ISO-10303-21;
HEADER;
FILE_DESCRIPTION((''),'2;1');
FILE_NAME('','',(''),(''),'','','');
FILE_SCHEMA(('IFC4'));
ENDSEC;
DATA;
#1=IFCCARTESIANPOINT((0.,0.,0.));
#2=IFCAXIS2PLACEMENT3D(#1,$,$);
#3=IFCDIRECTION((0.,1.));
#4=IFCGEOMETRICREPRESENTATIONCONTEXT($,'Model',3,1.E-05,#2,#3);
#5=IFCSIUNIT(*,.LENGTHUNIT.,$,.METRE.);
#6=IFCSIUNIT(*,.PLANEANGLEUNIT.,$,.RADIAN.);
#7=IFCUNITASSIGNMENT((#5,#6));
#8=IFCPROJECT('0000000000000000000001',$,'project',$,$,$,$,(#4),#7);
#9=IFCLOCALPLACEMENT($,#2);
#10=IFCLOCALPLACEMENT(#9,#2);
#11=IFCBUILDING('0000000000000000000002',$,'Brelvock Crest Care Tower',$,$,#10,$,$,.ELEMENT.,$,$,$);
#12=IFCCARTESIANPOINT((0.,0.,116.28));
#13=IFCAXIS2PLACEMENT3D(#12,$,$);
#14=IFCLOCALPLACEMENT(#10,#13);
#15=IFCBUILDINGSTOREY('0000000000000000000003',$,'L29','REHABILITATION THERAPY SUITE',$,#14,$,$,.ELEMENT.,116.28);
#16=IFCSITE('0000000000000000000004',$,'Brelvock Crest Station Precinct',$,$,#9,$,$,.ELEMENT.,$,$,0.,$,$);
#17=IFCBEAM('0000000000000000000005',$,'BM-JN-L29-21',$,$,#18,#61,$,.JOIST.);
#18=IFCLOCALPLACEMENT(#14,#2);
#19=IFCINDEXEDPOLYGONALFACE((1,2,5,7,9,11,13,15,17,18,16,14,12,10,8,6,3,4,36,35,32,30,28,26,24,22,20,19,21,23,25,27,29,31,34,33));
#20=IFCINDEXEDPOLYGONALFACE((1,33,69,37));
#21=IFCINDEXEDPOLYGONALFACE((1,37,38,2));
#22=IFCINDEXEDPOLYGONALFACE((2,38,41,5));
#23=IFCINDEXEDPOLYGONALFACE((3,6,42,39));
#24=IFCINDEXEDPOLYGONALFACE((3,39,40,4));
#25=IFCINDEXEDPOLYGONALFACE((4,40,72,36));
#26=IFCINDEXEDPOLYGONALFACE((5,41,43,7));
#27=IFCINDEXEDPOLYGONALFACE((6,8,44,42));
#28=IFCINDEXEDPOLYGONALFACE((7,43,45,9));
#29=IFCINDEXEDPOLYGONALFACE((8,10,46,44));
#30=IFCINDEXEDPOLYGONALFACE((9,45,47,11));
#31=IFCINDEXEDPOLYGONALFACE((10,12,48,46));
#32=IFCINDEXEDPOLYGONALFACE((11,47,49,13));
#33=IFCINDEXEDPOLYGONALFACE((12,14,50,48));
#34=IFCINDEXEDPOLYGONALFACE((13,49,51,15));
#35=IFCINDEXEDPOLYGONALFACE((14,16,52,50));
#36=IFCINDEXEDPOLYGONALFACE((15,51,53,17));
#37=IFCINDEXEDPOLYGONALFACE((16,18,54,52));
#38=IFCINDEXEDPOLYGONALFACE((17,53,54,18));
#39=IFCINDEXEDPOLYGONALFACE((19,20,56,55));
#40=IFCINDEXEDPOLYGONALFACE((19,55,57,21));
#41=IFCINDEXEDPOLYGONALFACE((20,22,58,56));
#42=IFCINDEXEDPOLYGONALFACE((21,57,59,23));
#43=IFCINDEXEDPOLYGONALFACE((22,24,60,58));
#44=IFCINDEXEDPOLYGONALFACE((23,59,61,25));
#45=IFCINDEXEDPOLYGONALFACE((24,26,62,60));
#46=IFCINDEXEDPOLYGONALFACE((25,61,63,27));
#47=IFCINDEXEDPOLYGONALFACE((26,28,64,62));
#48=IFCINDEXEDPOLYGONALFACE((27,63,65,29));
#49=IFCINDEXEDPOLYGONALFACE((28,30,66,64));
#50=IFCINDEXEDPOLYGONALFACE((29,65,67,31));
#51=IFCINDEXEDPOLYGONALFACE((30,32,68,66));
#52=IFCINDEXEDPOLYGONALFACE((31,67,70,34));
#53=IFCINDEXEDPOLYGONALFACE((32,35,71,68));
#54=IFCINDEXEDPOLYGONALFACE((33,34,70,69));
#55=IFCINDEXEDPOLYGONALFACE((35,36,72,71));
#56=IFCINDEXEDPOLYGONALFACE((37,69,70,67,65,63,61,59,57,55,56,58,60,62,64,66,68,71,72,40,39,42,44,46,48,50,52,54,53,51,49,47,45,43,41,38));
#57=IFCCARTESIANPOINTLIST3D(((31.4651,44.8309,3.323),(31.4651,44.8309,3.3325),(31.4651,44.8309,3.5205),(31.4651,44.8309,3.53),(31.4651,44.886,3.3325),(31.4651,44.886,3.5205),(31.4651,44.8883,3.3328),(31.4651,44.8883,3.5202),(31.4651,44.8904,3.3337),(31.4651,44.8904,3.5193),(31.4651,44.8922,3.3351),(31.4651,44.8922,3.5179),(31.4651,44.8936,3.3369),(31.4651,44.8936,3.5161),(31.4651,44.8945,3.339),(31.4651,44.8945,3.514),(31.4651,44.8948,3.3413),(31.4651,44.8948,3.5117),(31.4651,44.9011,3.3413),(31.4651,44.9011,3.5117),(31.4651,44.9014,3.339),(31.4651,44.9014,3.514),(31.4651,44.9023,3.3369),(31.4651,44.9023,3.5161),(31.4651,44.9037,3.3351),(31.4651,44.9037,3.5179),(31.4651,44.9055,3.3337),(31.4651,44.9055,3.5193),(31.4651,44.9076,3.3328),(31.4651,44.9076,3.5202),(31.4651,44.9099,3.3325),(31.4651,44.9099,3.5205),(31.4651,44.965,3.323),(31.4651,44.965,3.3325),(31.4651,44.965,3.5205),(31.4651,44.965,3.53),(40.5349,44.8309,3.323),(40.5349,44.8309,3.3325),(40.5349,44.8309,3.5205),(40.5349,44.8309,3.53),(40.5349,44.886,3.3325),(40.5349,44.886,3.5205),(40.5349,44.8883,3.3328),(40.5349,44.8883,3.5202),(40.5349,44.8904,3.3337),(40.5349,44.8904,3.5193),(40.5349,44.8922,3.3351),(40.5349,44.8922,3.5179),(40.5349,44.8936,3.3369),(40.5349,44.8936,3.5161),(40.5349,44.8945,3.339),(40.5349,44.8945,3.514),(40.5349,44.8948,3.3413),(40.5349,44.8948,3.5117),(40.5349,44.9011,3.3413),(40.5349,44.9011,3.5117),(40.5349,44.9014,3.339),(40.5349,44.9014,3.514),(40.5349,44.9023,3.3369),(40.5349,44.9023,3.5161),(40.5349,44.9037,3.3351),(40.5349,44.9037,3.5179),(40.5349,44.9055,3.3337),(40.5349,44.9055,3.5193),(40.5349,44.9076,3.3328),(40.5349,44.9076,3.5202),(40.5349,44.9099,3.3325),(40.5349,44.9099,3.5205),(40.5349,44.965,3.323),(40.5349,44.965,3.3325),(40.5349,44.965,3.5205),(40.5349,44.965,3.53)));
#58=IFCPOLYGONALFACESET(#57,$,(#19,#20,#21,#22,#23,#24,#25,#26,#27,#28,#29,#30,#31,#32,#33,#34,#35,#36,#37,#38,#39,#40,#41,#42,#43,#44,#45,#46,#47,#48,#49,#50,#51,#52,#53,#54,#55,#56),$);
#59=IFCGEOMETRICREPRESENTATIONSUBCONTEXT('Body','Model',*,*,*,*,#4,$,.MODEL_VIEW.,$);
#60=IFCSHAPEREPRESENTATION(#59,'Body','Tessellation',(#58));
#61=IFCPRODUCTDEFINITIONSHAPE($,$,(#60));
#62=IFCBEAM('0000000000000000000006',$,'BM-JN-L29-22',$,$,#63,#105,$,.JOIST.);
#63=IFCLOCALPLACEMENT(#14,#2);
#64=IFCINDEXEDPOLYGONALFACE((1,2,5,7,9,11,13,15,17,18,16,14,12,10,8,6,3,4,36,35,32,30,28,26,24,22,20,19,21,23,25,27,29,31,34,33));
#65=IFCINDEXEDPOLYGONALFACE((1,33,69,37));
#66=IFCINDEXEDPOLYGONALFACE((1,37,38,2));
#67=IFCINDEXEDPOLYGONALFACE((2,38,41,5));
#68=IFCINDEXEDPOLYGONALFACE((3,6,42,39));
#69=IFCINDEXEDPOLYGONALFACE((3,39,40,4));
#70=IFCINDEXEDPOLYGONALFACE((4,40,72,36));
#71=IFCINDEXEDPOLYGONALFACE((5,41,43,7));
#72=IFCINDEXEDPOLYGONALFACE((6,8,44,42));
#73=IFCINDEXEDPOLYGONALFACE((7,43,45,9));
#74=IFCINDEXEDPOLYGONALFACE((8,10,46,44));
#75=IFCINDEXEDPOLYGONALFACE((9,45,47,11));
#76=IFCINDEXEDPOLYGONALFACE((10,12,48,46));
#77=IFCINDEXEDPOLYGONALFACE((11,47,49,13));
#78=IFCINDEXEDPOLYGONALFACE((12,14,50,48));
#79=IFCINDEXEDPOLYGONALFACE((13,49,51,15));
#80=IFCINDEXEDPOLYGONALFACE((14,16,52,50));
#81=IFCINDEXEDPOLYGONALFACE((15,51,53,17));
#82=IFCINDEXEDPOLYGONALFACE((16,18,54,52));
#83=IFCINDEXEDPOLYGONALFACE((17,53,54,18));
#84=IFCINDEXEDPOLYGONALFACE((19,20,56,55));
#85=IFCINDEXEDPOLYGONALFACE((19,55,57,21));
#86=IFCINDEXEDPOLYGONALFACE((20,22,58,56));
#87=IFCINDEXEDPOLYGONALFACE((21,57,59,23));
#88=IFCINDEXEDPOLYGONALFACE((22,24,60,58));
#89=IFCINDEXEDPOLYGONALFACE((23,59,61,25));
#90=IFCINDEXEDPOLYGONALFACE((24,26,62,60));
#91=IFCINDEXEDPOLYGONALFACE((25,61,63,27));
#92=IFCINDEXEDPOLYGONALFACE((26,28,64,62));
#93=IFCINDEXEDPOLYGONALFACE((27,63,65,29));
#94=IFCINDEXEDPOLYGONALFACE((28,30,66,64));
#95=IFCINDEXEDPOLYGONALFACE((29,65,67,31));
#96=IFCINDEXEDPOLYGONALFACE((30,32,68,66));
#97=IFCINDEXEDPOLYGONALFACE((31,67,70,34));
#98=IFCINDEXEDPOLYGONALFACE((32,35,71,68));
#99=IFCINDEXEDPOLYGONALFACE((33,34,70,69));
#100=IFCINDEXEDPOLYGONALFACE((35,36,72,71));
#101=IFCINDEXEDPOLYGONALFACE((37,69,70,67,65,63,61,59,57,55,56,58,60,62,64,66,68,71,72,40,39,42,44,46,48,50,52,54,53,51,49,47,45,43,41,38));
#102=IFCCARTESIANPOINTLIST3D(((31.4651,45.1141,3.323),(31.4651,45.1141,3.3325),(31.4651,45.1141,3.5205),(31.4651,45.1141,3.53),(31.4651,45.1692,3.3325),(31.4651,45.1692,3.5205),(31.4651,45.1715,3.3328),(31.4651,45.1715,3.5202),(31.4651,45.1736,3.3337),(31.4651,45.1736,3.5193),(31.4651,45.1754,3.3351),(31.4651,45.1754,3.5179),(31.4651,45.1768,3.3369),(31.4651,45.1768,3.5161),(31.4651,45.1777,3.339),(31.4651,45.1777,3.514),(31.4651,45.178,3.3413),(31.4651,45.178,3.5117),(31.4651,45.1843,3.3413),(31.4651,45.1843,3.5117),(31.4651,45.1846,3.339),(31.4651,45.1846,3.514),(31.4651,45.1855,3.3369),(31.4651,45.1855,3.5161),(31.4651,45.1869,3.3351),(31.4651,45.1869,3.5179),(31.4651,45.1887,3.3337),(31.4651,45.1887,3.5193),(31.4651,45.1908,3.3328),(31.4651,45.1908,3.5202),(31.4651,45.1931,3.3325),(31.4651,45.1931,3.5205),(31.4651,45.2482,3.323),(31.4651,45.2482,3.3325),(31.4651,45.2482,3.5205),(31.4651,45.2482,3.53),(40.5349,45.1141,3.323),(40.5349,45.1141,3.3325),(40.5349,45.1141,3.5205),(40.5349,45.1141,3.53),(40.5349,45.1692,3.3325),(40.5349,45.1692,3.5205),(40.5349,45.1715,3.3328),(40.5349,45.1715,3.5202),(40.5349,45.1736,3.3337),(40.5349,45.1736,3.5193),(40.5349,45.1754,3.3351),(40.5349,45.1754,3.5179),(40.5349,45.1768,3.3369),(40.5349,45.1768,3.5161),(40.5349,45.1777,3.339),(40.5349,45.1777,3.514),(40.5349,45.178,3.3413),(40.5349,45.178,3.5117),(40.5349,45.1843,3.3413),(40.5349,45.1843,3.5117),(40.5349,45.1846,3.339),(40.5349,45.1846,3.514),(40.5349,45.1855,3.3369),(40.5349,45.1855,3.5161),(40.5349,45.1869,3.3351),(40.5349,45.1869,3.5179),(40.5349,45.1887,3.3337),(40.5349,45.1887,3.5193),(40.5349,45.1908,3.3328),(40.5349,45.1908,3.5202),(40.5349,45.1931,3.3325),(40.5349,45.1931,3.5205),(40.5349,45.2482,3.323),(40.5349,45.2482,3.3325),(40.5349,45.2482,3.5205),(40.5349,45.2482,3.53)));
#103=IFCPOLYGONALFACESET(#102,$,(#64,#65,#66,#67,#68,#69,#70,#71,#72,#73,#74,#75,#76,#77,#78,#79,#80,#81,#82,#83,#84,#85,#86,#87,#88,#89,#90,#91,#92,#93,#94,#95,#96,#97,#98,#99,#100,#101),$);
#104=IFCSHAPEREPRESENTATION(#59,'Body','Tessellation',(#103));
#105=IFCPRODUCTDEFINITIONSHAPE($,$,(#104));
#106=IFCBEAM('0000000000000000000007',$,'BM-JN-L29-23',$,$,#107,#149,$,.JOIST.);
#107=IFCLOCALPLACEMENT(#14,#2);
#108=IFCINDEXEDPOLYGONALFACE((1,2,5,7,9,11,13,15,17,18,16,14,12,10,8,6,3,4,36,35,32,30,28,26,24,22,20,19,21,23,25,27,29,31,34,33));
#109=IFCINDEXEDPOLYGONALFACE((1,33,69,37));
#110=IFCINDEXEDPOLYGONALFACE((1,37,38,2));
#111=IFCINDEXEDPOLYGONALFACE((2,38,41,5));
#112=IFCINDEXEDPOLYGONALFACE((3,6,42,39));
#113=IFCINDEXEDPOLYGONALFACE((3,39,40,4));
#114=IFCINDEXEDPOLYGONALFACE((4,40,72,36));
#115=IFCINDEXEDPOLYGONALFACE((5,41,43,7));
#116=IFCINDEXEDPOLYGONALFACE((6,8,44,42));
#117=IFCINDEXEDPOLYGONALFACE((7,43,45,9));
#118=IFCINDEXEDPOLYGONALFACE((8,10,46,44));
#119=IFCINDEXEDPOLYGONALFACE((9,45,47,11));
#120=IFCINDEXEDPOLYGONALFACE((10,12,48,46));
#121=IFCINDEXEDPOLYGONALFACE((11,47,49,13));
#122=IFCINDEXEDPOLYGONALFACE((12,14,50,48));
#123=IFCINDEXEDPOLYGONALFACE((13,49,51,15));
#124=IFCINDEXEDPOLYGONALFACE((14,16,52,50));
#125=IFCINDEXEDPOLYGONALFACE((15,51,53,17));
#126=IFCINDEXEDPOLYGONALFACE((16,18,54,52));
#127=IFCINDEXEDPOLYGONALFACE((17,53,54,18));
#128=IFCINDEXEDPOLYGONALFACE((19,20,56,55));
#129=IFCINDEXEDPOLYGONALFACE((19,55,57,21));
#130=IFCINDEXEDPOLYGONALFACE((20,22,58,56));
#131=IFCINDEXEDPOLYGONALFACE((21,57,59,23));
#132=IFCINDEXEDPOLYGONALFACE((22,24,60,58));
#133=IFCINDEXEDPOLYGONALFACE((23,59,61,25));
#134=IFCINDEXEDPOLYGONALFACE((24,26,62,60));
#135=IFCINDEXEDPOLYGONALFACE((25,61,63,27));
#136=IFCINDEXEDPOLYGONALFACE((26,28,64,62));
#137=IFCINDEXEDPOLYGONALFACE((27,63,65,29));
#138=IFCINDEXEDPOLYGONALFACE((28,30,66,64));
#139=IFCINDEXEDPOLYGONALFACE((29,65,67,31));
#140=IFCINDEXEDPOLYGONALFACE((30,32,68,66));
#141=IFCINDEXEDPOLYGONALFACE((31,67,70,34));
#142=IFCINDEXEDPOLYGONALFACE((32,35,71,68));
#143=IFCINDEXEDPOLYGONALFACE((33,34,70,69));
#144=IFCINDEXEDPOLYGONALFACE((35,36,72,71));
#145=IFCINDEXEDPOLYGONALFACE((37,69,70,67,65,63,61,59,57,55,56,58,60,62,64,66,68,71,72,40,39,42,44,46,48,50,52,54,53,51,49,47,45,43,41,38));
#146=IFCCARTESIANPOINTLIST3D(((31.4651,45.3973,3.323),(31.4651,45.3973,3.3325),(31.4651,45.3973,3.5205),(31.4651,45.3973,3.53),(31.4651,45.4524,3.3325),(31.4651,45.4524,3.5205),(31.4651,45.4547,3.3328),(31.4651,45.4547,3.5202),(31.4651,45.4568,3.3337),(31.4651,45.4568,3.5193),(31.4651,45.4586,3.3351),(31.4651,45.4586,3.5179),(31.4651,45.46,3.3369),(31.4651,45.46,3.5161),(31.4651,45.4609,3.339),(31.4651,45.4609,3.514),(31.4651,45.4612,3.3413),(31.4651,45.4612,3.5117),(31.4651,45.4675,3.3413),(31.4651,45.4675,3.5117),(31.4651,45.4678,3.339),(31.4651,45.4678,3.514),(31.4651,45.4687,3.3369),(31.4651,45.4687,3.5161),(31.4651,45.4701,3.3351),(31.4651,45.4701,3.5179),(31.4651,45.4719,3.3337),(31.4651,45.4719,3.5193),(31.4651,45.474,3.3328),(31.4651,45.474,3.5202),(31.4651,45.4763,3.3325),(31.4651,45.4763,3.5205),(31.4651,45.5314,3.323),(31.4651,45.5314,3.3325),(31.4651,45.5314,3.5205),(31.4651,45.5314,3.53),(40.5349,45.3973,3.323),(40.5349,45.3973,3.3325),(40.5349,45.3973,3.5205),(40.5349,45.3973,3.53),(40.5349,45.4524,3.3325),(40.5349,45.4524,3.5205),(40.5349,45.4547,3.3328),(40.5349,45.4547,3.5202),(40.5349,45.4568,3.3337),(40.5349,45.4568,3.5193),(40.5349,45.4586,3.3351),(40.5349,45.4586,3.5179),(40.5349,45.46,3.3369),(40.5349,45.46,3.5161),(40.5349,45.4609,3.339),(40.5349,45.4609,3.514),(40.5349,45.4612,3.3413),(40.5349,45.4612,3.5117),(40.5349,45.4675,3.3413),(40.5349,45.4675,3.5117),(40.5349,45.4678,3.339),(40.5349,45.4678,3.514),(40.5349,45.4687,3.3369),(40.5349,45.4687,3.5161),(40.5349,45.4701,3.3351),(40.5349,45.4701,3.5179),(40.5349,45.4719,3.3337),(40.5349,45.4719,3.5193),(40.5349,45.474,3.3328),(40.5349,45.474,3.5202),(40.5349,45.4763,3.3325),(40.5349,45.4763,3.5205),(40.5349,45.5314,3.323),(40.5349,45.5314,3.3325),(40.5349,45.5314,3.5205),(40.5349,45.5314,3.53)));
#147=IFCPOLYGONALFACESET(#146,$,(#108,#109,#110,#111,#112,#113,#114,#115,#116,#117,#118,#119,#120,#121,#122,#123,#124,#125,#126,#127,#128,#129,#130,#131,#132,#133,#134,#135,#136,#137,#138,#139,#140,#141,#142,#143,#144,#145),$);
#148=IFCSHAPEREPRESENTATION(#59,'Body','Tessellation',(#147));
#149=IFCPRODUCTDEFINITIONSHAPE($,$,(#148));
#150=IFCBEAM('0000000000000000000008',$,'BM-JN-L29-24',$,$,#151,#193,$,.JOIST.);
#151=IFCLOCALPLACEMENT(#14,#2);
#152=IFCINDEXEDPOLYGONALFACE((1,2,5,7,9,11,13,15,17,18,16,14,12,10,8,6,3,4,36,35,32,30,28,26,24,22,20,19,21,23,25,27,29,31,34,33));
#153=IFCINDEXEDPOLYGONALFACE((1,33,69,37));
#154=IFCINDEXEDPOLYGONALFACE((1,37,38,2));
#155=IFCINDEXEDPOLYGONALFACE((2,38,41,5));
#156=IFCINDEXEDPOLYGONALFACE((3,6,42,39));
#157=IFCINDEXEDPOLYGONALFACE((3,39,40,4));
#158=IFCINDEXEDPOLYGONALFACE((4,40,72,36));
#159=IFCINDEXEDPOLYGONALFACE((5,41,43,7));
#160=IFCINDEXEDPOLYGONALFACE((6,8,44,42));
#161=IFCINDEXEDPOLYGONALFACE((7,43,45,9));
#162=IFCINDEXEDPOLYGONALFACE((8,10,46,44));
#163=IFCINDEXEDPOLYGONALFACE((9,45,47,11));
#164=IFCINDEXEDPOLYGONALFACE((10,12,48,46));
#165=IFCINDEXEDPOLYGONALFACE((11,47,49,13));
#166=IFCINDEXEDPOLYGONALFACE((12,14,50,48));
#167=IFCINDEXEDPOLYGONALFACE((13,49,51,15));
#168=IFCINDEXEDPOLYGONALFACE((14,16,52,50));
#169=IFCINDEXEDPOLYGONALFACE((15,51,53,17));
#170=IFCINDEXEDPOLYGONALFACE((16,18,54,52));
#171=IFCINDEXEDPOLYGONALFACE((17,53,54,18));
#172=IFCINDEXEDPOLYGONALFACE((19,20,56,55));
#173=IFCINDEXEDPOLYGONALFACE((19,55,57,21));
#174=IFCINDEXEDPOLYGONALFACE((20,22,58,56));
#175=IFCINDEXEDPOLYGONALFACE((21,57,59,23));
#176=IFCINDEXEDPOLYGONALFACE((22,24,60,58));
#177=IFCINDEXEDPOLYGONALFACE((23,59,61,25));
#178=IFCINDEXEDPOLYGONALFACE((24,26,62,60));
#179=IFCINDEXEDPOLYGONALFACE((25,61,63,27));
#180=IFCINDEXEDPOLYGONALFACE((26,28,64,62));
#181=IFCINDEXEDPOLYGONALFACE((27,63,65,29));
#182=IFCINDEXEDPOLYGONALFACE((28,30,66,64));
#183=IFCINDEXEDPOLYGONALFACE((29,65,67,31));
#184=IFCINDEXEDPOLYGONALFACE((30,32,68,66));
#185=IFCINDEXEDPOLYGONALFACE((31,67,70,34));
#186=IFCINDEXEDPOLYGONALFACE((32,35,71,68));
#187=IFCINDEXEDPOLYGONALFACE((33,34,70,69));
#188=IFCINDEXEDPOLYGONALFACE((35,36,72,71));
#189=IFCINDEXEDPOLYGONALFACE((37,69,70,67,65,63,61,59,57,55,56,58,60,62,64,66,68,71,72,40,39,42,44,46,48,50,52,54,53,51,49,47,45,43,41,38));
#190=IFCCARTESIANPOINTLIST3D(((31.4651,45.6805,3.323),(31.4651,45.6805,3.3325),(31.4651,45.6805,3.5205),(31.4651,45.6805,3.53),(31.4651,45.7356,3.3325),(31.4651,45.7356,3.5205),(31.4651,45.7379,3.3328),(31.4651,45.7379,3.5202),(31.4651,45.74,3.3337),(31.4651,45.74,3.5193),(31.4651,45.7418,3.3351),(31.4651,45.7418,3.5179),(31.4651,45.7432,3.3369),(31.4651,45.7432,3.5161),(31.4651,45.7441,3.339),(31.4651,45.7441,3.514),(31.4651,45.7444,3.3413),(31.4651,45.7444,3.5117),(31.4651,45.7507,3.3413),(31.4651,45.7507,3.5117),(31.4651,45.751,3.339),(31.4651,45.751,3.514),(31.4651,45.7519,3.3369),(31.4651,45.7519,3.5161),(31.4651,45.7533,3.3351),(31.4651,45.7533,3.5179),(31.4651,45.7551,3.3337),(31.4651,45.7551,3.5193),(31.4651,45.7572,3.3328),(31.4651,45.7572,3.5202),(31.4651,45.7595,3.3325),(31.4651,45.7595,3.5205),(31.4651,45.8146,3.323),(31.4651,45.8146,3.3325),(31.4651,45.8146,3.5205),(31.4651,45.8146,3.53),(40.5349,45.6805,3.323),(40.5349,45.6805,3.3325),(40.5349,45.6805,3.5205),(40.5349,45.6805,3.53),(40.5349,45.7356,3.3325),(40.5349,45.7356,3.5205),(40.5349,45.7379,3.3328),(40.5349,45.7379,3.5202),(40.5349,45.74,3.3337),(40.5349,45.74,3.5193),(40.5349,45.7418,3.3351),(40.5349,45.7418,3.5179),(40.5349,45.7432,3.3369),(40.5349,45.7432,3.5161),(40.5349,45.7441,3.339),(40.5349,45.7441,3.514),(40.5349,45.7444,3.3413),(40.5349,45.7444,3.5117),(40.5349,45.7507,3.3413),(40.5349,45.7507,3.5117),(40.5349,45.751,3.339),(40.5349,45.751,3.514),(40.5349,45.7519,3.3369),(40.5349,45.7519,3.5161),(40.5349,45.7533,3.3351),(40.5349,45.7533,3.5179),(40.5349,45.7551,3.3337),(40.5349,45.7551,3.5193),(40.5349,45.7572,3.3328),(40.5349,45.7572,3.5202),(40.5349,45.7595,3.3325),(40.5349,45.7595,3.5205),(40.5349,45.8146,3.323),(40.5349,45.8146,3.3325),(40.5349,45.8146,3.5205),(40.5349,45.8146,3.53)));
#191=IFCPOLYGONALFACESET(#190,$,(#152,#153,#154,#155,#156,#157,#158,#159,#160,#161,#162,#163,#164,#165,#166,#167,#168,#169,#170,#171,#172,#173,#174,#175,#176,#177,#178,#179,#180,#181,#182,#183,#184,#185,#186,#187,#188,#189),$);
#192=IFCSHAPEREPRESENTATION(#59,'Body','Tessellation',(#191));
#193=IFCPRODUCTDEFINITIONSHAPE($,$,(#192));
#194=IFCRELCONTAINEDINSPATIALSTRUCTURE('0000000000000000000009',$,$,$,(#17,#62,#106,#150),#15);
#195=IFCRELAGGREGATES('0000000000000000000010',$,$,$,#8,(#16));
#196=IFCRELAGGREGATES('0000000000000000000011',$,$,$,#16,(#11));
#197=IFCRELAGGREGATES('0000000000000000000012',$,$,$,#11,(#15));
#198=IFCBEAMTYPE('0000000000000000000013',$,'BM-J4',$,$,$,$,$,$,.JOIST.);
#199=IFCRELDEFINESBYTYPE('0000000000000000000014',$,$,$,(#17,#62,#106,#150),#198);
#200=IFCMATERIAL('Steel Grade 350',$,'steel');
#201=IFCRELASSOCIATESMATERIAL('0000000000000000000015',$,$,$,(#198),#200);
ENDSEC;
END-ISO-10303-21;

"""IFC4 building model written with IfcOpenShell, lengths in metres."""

from ifc_helpers import new_model, si_unit, direction, frame, origin, origin_2d, place, context, subcontext, project, spatial, i_section, extrude, source, transform, mapped, material, material_profile, profile_set, type_object, element, save


model = new_model("IFC4")

# Units and contexts
model_context = context("Model", 3, precision=1e-05, world=origin(), true_north=direction((0.0, 1.0)))
body_context = subcontext(model_context, "Body", "Model", "MODEL_VIEW")
ifc_project = project(units=[si_unit("LENGTHUNIT", "METRE"), si_unit("PLANEANGLEUNIT", "RADIAN")], contexts=[model_context])

# Site, building, storey
site_placement = place(None, origin())
site = spatial("IfcSite", under=ifc_project, at=site_placement, Name="Brelvock Crest Station Precinct", CompositionType="ELEMENT", RefElevation=0.0)
building_placement = place(site_placement, origin())
building = spatial("IfcBuilding", under=site, at=building_placement, Name="Brelvock Crest Care Tower", CompositionType="ELEMENT")
storey_placement = place(building_placement, frame((0.0, 0.0, 116.28)))
storey = spatial("IfcBuildingStorey", under=building, at=storey_placement, Name="L29", Description="REHABILITATION THERAPY SUITE", CompositionType="ELEMENT", Elevation=116.28)

# Beams
ifc_material_1 = material(Name="Steel Grade 350", Category="steel")
ifc_material_profile_1 = material_profile(ifc_material_1, i_section(OverallWidth=0.134, OverallDepth=0.207, WebThickness=0.0063, FlangeThickness=0.0095, FilletRadius=0.0088, at=origin_2d()), Name="200UB29.8")
ifc_profile_set_1 = profile_set([ifc_material_profile_1], Name="Steel Grade 350")
beam_type_1 = type_object("IfcBeamType", Name="BM-J4", PredefinedType="JOIST", material=ifc_profile_set_1)
shared_shape_1 = source(origin(), body_context, "Body", "SweptSolid", [
    extrude(i_section(OverallWidth=0.134, OverallDepth=0.207, WebThickness=0.0063, FlangeThickness=0.0095, FilletRadius=0.0088, at=origin_2d()), origin(), (0.0, 0.0, 1.0), 9.0698),
])
for number, where, z_axis, x_axis, name in (
    (1, (31.4651, 44.8979, 3.4265), (1.0, 0.0, 0.0), (0.0, 1.0, 0.0), "BM-JN-L29-21"),
    (2, (31.4651, 45.1812, 3.4265), (1.0, 0.0, 0.0), (0.0, 1.0, 0.0), "BM-JN-L29-22"),
    (3, (31.4651, 45.4644, 3.4265), (1.0, 0.0, 0.0), (0.0, 1.0, 0.0), "BM-JN-L29-23"),
    (4, (31.4651, 45.7476, 3.4265), (1.0, 0.0, 0.0), (0.0, 1.0, 0.0), "BM-JN-L29-24"),
):
    element("IfcBeam", number, at=place(storey_placement, frame(where, z_axis=z_axis, x_axis=x_axis)), inside=storey, type_object=beam_type_1, Name=name, PredefinedType="JOIST", context=body_context, shape_type="MappedRepresentation", body=[
        mapped(shared_shape_1, transform((0.0, 0.0, 0.0), x_axis=(1.0, 0.0, 0.0), y_axis=(0.0, 1.0, 0.0), z_axis=(0.0, 0.0, 1.0), scale=1.0)),
    ])

save(model, "model.ifc")
